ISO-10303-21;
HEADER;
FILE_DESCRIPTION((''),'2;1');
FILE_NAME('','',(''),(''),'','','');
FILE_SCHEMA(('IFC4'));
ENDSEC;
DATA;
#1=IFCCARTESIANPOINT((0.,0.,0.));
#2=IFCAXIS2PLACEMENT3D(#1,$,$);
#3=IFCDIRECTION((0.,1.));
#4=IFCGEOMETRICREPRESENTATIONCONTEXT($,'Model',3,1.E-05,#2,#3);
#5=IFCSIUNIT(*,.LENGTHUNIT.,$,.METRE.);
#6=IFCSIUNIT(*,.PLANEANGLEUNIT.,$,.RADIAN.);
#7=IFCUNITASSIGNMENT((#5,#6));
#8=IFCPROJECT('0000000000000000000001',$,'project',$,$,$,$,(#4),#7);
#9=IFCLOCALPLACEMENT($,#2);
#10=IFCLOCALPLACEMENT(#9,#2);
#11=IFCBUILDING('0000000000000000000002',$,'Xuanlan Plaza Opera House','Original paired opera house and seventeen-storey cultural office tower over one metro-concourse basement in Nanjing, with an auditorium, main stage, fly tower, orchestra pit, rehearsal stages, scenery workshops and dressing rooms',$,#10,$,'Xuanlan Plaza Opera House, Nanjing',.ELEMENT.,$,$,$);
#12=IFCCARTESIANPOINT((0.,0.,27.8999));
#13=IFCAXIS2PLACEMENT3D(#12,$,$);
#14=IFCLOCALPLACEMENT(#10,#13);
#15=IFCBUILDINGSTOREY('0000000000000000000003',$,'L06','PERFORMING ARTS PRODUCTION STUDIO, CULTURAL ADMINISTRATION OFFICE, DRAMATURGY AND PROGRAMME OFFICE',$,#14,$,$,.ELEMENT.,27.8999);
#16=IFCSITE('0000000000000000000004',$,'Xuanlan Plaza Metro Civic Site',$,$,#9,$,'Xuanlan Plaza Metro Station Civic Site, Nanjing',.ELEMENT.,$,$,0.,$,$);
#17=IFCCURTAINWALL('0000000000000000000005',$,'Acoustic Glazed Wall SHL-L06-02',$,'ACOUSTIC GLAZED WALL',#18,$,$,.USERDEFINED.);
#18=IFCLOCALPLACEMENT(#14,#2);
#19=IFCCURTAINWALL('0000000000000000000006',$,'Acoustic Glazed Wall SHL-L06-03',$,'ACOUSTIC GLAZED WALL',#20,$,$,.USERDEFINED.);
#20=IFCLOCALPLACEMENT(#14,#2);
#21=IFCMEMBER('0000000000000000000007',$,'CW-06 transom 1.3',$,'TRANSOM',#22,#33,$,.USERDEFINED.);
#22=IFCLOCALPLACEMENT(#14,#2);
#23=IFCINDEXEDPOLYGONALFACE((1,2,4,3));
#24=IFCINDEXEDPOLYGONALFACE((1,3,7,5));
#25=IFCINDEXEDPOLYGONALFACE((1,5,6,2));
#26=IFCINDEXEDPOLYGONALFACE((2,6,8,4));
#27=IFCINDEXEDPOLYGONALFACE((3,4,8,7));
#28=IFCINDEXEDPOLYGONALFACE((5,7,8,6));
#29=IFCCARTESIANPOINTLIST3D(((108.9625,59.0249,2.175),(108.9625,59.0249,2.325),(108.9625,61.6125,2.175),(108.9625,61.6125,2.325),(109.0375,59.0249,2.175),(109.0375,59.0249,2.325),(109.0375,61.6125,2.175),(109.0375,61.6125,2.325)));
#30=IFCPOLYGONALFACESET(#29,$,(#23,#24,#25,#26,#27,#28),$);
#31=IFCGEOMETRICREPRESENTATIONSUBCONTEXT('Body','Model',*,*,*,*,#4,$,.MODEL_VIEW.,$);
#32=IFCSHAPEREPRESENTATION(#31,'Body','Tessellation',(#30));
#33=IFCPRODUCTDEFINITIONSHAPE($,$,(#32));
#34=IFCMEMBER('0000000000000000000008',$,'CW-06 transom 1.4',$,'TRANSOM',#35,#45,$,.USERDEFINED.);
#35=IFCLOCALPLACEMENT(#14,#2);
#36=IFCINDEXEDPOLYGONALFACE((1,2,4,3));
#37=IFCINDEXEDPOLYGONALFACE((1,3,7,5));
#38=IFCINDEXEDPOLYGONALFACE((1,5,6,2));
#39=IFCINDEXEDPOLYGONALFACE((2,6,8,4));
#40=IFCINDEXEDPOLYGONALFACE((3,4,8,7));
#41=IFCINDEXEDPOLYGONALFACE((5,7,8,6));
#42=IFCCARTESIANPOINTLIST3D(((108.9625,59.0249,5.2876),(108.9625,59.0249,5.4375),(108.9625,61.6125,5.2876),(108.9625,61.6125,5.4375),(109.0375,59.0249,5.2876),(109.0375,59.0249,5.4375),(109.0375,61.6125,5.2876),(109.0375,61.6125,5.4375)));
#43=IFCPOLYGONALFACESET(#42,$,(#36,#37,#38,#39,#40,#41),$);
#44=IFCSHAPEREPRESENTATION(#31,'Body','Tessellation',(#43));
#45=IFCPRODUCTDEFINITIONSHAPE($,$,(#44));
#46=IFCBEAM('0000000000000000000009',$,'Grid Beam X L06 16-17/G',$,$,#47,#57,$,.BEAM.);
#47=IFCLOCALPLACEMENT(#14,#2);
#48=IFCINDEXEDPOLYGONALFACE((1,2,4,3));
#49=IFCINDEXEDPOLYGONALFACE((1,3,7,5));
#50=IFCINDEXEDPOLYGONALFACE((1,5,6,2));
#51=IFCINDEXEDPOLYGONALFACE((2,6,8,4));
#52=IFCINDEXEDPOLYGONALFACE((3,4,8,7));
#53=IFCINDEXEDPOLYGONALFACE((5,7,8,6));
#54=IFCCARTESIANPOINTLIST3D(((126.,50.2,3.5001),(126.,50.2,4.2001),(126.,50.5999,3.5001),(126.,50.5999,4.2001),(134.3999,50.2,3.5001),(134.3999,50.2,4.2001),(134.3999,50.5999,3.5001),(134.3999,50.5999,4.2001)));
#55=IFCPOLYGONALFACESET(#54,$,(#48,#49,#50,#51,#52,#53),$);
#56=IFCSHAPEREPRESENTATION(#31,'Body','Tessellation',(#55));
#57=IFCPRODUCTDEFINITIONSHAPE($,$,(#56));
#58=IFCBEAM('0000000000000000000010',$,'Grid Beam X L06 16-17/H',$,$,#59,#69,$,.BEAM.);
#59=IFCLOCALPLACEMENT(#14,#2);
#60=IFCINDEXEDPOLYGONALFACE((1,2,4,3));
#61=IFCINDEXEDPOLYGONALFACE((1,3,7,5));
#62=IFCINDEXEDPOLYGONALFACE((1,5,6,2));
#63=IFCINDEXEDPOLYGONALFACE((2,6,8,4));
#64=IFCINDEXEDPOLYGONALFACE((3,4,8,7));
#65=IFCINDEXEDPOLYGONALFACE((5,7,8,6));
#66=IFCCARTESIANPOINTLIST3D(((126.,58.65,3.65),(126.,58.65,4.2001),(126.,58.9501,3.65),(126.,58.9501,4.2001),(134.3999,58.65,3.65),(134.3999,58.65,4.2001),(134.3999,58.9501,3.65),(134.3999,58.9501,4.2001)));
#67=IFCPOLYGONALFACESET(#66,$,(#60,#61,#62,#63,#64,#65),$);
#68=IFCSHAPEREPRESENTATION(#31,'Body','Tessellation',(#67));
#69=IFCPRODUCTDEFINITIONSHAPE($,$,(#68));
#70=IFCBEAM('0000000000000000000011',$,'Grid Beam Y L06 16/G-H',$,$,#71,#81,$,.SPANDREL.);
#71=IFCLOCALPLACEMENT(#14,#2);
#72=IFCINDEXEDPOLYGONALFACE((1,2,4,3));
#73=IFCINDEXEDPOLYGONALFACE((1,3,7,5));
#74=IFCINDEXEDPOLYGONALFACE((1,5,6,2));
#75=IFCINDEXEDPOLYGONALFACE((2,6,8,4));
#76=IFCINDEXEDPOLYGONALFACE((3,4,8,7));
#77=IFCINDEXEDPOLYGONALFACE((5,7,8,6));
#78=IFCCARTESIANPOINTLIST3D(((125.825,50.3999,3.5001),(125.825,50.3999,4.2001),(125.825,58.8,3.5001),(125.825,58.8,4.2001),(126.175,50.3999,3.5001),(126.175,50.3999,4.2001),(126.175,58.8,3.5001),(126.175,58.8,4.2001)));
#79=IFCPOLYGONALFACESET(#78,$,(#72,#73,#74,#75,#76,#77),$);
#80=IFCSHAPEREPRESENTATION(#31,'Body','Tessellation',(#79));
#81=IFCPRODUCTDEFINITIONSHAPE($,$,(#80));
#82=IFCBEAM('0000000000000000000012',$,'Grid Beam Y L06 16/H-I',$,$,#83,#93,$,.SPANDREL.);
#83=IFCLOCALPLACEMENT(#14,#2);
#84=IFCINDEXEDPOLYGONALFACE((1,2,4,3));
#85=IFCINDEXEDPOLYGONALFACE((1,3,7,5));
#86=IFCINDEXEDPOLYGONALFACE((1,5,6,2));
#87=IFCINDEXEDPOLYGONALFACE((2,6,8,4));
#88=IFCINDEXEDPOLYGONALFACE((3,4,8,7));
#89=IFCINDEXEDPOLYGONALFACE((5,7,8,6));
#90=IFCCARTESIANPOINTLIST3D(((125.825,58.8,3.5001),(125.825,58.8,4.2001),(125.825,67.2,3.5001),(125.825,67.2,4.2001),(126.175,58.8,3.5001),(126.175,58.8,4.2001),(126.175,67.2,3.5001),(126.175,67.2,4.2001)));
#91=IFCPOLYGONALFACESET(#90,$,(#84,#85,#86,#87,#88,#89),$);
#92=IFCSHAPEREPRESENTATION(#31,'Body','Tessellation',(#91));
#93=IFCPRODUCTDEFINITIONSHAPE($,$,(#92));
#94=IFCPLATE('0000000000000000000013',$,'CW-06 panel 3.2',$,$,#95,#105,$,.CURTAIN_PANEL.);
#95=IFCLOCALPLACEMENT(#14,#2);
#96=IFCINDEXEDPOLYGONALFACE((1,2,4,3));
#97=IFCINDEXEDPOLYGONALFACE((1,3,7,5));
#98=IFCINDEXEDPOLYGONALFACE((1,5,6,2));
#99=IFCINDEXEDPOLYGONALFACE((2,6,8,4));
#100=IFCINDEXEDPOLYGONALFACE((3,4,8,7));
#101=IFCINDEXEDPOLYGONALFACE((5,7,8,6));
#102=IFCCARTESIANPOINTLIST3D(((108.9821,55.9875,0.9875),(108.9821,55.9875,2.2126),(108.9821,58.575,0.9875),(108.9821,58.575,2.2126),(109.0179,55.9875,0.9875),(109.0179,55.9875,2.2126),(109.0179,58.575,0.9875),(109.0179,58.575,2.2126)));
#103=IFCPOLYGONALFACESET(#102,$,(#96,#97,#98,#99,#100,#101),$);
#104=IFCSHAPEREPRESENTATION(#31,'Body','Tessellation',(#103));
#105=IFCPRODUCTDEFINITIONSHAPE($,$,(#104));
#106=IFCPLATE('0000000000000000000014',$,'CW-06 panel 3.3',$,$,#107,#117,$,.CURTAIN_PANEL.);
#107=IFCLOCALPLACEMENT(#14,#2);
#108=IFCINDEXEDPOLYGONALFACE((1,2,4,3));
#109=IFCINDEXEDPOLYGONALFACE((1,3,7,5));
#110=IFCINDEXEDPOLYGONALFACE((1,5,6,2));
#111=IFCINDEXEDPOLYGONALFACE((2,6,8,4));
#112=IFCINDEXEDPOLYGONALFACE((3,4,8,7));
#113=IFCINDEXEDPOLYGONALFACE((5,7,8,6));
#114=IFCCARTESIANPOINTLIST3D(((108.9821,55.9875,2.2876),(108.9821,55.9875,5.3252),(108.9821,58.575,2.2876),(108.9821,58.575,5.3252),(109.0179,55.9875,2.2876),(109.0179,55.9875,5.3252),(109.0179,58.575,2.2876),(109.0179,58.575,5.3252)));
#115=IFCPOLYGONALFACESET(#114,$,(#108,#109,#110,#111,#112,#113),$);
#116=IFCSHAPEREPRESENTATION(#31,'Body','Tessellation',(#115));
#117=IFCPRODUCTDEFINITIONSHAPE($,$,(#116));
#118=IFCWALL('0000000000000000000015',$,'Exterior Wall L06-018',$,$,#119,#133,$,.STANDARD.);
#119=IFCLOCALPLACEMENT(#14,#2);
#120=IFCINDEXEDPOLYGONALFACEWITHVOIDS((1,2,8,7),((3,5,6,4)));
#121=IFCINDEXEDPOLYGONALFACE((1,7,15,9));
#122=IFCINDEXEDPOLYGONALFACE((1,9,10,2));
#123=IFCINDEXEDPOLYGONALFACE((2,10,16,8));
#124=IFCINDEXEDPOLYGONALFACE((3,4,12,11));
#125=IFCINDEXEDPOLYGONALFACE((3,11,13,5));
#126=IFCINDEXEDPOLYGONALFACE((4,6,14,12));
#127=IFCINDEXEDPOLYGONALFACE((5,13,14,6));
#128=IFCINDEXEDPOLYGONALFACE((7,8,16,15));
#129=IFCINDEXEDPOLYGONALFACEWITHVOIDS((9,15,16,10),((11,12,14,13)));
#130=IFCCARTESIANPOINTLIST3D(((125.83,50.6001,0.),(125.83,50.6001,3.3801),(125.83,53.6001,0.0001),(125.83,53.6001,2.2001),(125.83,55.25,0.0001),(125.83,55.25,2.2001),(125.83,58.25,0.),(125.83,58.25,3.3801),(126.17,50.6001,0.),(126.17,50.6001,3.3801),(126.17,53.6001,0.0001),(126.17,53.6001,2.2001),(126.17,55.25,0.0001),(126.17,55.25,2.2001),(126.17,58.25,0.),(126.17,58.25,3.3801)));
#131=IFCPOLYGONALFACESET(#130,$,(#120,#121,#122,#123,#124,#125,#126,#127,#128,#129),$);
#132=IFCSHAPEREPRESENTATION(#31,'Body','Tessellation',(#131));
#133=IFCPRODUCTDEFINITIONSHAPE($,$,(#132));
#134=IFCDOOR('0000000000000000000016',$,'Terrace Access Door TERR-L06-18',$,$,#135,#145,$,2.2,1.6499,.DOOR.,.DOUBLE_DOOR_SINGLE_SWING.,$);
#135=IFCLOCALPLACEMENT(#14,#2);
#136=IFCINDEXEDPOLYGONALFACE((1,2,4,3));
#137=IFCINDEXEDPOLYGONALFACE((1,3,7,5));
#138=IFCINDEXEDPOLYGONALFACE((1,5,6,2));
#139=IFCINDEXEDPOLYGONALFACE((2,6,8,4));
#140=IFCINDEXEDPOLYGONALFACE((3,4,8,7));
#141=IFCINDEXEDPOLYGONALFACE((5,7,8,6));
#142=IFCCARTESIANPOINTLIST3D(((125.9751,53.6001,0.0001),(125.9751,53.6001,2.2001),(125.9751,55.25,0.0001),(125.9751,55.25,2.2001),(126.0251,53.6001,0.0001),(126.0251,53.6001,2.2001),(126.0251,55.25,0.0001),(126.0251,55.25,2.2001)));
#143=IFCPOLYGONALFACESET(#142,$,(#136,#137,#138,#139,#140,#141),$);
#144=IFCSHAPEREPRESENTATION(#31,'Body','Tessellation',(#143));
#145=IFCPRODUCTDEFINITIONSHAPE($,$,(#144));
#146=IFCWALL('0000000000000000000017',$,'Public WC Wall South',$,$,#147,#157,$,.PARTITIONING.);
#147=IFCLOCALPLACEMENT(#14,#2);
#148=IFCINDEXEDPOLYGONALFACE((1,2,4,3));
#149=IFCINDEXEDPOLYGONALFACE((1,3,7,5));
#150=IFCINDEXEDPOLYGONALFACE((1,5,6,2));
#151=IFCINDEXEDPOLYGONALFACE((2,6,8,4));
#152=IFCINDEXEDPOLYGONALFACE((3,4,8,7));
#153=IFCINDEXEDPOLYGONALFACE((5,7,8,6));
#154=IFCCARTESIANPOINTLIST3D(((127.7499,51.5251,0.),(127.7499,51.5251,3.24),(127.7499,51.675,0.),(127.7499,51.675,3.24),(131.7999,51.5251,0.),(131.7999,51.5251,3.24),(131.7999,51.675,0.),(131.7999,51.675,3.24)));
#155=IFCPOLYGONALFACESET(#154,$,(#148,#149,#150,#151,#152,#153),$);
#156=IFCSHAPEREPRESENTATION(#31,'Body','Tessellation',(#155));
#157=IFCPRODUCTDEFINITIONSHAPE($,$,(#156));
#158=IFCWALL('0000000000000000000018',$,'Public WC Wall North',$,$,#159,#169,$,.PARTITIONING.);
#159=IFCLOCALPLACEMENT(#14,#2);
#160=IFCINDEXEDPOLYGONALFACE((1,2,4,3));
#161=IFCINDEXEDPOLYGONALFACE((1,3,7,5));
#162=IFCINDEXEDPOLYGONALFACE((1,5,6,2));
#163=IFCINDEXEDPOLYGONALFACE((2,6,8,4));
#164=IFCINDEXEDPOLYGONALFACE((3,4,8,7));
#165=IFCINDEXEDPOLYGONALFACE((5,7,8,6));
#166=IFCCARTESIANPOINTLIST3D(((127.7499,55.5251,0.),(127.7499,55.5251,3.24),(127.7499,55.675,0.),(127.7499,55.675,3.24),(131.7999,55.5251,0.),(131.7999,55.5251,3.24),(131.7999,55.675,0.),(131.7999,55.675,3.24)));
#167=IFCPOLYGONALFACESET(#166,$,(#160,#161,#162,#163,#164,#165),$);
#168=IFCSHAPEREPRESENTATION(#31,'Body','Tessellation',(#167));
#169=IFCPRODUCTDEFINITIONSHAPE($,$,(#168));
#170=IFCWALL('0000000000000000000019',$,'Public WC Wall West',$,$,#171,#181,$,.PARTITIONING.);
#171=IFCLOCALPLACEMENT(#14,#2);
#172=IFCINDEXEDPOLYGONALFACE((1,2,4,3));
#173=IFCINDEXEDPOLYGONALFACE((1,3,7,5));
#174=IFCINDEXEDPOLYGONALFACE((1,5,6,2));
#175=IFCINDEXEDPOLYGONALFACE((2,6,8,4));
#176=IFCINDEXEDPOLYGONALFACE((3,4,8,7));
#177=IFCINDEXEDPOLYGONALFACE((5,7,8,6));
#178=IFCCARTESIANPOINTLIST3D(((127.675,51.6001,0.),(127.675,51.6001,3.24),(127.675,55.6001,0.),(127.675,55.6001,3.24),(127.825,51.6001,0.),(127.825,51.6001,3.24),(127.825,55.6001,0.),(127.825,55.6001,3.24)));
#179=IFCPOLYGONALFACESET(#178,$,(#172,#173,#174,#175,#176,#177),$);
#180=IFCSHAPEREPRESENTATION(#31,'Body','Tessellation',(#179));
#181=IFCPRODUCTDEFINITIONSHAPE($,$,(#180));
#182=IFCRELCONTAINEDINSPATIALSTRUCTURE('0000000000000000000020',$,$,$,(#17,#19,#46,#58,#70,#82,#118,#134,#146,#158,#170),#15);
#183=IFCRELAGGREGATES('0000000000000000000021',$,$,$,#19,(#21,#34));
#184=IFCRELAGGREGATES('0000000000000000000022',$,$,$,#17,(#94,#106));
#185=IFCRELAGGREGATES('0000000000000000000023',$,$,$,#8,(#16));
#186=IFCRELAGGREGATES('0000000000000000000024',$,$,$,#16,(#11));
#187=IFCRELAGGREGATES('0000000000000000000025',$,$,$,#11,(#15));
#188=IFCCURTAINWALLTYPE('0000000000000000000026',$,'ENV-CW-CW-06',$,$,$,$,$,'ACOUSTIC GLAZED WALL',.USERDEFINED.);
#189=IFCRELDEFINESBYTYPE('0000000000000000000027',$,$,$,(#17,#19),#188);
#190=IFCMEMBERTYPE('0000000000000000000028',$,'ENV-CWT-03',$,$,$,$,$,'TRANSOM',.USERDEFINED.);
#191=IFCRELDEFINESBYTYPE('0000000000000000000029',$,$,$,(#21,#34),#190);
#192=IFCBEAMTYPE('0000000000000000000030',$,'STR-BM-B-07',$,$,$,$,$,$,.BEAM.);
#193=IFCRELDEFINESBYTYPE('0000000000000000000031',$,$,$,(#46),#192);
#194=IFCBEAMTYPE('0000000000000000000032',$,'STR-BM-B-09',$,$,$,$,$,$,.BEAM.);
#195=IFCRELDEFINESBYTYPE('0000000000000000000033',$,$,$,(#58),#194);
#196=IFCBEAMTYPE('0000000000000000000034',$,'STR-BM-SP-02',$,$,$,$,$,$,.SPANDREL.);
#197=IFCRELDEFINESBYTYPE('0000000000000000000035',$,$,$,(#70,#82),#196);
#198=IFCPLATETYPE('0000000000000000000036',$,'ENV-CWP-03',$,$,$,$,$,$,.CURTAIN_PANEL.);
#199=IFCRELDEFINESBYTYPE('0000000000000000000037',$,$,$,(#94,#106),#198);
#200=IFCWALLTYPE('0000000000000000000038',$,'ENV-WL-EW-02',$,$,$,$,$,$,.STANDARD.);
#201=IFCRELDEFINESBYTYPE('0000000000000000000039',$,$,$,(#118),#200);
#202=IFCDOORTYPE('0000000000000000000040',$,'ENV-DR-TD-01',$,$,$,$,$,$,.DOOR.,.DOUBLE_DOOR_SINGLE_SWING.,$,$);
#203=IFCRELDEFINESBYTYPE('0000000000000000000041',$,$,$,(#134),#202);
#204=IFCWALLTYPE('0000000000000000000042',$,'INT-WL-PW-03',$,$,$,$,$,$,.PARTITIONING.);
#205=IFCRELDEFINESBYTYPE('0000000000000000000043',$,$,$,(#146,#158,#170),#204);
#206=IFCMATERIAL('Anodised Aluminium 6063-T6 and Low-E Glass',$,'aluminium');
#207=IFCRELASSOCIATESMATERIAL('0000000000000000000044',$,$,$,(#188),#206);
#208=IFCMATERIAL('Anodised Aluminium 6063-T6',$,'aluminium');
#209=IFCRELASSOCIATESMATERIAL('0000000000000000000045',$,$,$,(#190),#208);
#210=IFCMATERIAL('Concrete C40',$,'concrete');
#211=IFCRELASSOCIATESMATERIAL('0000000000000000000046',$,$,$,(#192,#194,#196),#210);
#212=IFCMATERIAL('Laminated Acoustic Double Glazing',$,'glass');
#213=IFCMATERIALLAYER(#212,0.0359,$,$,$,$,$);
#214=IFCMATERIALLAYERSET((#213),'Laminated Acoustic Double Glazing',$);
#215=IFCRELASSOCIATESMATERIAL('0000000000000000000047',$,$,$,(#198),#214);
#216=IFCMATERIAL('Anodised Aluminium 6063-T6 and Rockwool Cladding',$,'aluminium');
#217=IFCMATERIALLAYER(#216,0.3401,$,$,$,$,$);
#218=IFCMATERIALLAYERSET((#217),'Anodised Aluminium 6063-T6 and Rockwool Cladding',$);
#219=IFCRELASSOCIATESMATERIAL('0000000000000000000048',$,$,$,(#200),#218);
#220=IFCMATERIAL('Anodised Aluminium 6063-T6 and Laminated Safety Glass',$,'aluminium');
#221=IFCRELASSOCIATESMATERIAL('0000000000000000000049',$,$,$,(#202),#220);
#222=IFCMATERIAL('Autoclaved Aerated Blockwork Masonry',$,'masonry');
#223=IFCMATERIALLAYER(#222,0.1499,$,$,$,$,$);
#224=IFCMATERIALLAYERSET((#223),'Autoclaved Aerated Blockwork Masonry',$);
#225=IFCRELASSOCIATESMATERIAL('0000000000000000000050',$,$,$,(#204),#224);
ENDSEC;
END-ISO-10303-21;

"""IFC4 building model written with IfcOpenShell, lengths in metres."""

from ifc_helpers import new_model, si_unit, direction, frame, frame_2d, origin, origin_2d, place, context, subcontext, project, spatial, rectangle, extrude, material, layer, layer_set, material_profile, profile_set, type_object, element, fill, aggregate, save


model = new_model("IFC4")

# Units and contexts
model_context = context("Model", 3, precision=1e-05, world=origin(), true_north=direction((0.0, 1.0)))
body_context = subcontext(model_context, "Body", "Model", "MODEL_VIEW")
ifc_project = project(units=[si_unit("LENGTHUNIT", "METRE"), si_unit("PLANEANGLEUNIT", "RADIAN")], contexts=[model_context])

# Site, building, storey
site_placement = place(None, origin())
site = spatial("IfcSite", under=ifc_project, at=site_placement, Name="Xuanlan Plaza Metro Civic Site", LongName="Xuanlan Plaza Metro Station Civic Site, Nanjing", CompositionType="ELEMENT", RefElevation=0.0)
building_placement = place(site_placement, origin())
building = spatial("IfcBuilding", under=site, at=building_placement, Name="Xuanlan Plaza Opera House", Description="Original paired opera house and seventeen-storey cultural office tower over one metro-concourse basement in Nanjing, with an auditorium, main stage, fly tower, orchestra pit, rehearsal stages, scenery workshops and dressing rooms", LongName="Xuanlan Plaza Opera House, Nanjing", CompositionType="ELEMENT")
storey_placement = place(building_placement, frame((0.0, 0.0, 27.8999)))
storey = spatial("IfcBuildingStorey", under=building, at=storey_placement, Name="L06", Description="PERFORMING ARTS PRODUCTION STUDIO, CULTURAL ADMINISTRATION OFFICE, DRAMATURGY AND PROGRAMME OFFICE", CompositionType="ELEMENT", Elevation=27.8999)

# Curtain walls
ifc_material_1 = material(Name="Anodised Aluminium 6063-T6 and Low-E Glass", Category="aluminium")
ifc_material_2 = material(Name="Anodised Aluminium 6063-T6", Category="aluminium")
curtain_wall_type_1 = type_object("IfcCurtainWallType", Name="ENV-CW-CW-06", ElementType="ACOUSTIC GLAZED WALL", PredefinedType="USERDEFINED", material=ifc_material_1)
curtain_wall_1_placement = place(storey_placement, origin())
curtain_wall_1 = element("IfcCurtainWall", 1, at=curtain_wall_1_placement, inside=storey, type_object=curtain_wall_type_1, Name="Acoustic Glazed Wall SHL-L06-02", ObjectType="ACOUSTIC GLAZED WALL", PredefinedType="USERDEFINED")
curtain_wall_2_placement = place(storey_placement, origin())
curtain_wall_2 = element("IfcCurtainWall", 2, at=curtain_wall_2_placement, inside=storey, type_object=curtain_wall_type_1, Name="Acoustic Glazed Wall SHL-L06-03", ObjectType="ACOUSTIC GLAZED WALL", PredefinedType="USERDEFINED")

# Members
ifc_material_profile_1 = material_profile(ifc_material_2, rectangle(XDim=0.075, YDim=0.1499, at=origin_2d()), Name="ALU-T 75x150")
ifc_profile_set_1 = profile_set([ifc_material_profile_1], Name="Anodised Aluminium 6063-T6")
member_type_1 = type_object("IfcMemberType", Name="ENV-CWT-03", ElementType="TRANSOM", PredefinedType="USERDEFINED", material=ifc_profile_set_1)
member_1_placement = place(storey_placement, frame((109.0, 59.0249, 2.25), z_axis=(0.0, 1.0, 0.0), x_axis=(-1.0, 0.0, 0.0)))
member_1 = element("IfcMember", 3, at=member_1_placement, type_object=member_type_1, Name="CW-06 transom 1.3", ObjectType="TRANSOM", PredefinedType="USERDEFINED", context=body_context, shape_type="SweptSolid", body=[
    extrude(rectangle(XDim=0.075, YDim=0.1499, at=origin_2d()), origin(), (0.0, 0.0, 1.0), 2.5876),
])
member_2_placement = place(storey_placement, frame((109.0, 59.0249, 5.3625), z_axis=(0.0, 1.0, 0.0), x_axis=(-1.0, 0.0, 0.0)))
member_2 = element("IfcMember", 4, at=member_2_placement, type_object=member_type_1, Name="CW-06 transom 1.4", ObjectType="TRANSOM", PredefinedType="USERDEFINED", context=body_context, shape_type="SweptSolid", body=[
    extrude(rectangle(XDim=0.075, YDim=0.1499, at=origin_2d()), origin(), (0.0, 0.0, 1.0), 2.5876),
])
aggregate(curtain_wall_2, [member_1, member_2])

# Beams
ifc_material_3 = material(Name="Concrete C40", Category="concrete")
ifc_material_profile_2 = material_profile(ifc_material_3, rectangle(XDim=0.3999, YDim=0.7, at=origin_2d()), Name="RC-BM 400x700")
ifc_profile_set_2 = profile_set([ifc_material_profile_2], Name="Concrete C40")
beam_type_1 = type_object("IfcBeamType", Name="STR-BM-B-07", PredefinedType="BEAM", material=ifc_profile_set_2)
beam_1_placement = place(storey_placement, frame((126.0, 50.3999, 3.8501), z_axis=(1.0, 0.0, 0.0), x_axis=(0.0, 1.0, 0.0)))
element("IfcBeam", 5, at=beam_1_placement, inside=storey, type_object=beam_type_1, Name="Grid Beam X L06 16-17/G", PredefinedType="BEAM", context=body_context, shape_type="SweptSolid", body=[
    extrude(rectangle(XDim=0.3999, YDim=0.7, at=origin_2d()), origin(), (0.0, 0.0, 1.0), 8.3999),
])
ifc_material_profile_3 = material_profile(ifc_material_3, rectangle(XDim=0.3, YDim=0.55, at=origin_2d()), Name="RC-BM 300x550")
ifc_profile_set_3 = profile_set([ifc_material_profile_3], Name="Concrete C40")
beam_type_2 = type_object("IfcBeamType", Name="STR-BM-B-09", PredefinedType="BEAM", material=ifc_profile_set_3)
beam_2_placement = place(storey_placement, frame((126.0, 58.8, 3.925), z_axis=(1.0, 0.0, 0.0), x_axis=(0.0, 1.0, 0.0)))
element("IfcBeam", 6, at=beam_2_placement, inside=storey, type_object=beam_type_2, Name="Grid Beam X L06 16-17/H", PredefinedType="BEAM", context=body_context, shape_type="SweptSolid", body=[
    extrude(rectangle(XDim=0.3, YDim=0.55, at=origin_2d()), origin(), (0.0, 0.0, 1.0), 8.3999),
])
ifc_material_profile_4 = material_profile(ifc_material_3, rectangle(XDim=0.3501, YDim=0.7, at=origin_2d()), Name="RC-SPD 350x700")
ifc_profile_set_4 = profile_set([ifc_material_profile_4], Name="Concrete C40")
beam_type_3 = type_object("IfcBeamType", Name="STR-BM-SP-02", PredefinedType="SPANDREL", material=ifc_profile_set_4)
beam_3_placement = place(storey_placement, frame((126.0, 50.3999, 3.8501), z_axis=(0.0, 1.0, 0.0), x_axis=(-1.0, 0.0, 0.0)))
element("IfcBeam", 7, at=beam_3_placement, inside=storey, type_object=beam_type_3, Name="Grid Beam Y L06 16/G-H", PredefinedType="SPANDREL", context=body_context, shape_type="SweptSolid", body=[
    extrude(rectangle(XDim=0.3501, YDim=0.7, at=origin_2d()), origin(), (0.0, 0.0, 1.0), 8.4001),
])
beam_4_placement = place(storey_placement, frame((126.0, 58.8, 3.8501), z_axis=(0.0, 1.0, 0.0), x_axis=(-1.0, 0.0, 0.0)))
element("IfcBeam", 8, at=beam_4_placement, inside=storey, type_object=beam_type_3, Name="Grid Beam Y L06 16/H-I", PredefinedType="SPANDREL", context=body_context, shape_type="SweptSolid", body=[
    extrude(rectangle(XDim=0.3501, YDim=0.7, at=origin_2d()), origin(), (0.0, 0.0, 1.0), 8.3999),
])

# Plates
ifc_material_4 = material(Name="Laminated Acoustic Double Glazing", Category="glass")
ifc_layer_1 = layer(ifc_material_4, 0.0359)
ifc_layer_set_1 = layer_set([ifc_layer_1], Name="Laminated Acoustic Double Glazing")
plate_type = type_object("IfcPlateType", Name="ENV-CWP-03", PredefinedType="CURTAIN_PANEL", material=ifc_layer_set_1)
plate_1_placement = place(storey_placement, frame((109.0, 57.2812, 0.9875), z_axis=(0.0, 0.0, 1.0), x_axis=(0.0, 1.0, 0.0)))
plate_1 = element("IfcPlate", 9, at=plate_1_placement, type_object=plate_type, Name="CW-06 panel 3.2", PredefinedType="CURTAIN_PANEL", context=body_context, shape_type="SweptSolid", body=[
    extrude(rectangle(XDim=2.5874, YDim=0.0359, at=origin_2d()), origin(), (0.0, 0.0, 1.0), 1.2251),
])
plate_2_placement = place(storey_placement, frame((109.0, 57.2812, 2.2876), z_axis=(0.0, 0.0, 1.0), x_axis=(0.0, 1.0, 0.0)))
plate_2 = element("IfcPlate", 10, at=plate_2_placement, type_object=plate_type, Name="CW-06 panel 3.3", PredefinedType="CURTAIN_PANEL", context=body_context, shape_type="SweptSolid", body=[
    extrude(rectangle(XDim=2.5874, YDim=0.0359, at=origin_2d()), origin(), (0.0, 0.0, 1.0), 3.0376),
])
aggregate(curtain_wall_1, [plate_1, plate_2])

# Wall, opening, door
ifc_material_5 = material(Name="Anodised Aluminium 6063-T6 and Rockwool Cladding", Category="aluminium")
ifc_layer_2 = layer(ifc_material_5, 0.3401)
ifc_layer_set_2 = layer_set([ifc_layer_2], Name="Anodised Aluminium 6063-T6 and Rockwool Cladding")
wall_type_1 = type_object("IfcWallType", Name="ENV-WL-EW-02", PredefinedType="STANDARD", material=ifc_layer_set_2)
wall_1_placement = place(storey_placement, frame((126.0, 58.25, 0.0), z_axis=(0.0, 0.0, 1.0), x_axis=(0.0, -1.0, 0.0)))
wall_1 = element("IfcWall", 11, at=wall_1_placement, inside=storey, type_object=wall_type_1, Name="Exterior Wall L06-018", PredefinedType="STANDARD", context=body_context, shape_type="SweptSolid", body=[
    extrude(rectangle(XDim=7.6499, YDim=0.3401, at=frame_2d((3.825, 0.0))), origin(), (0.0, 0.0, 1.0), 3.3801),
])
opening_placement = place(wall_1_placement, frame((3.0, 0.0, 0.0)))
opening = element("IfcOpeningElement", 12, at=opening_placement, cuts=wall_1, PredefinedType="OPENING", context=body_context, shape_type="SweptSolid", body=[
    extrude(rectangle(XDim=1.6499, YDim=2.2, at=frame_2d((0.825, 1.1001))), frame((0.0, 0.1799, 0.0), z_axis=(0.0, -1.0, 0.0), x_axis=(1.0, 0.0, 0.0)), (0.0, 0.0, 1.0), 0.3601),
])
ifc_material_6 = material(Name="Anodised Aluminium 6063-T6 and Laminated Safety Glass", Category="aluminium")
door_type = type_object("IfcDoorType", Name="ENV-DR-TD-01", OperationType="DOUBLE_DOOR_SINGLE_SWING", PredefinedType="DOOR", material=ifc_material_6)
door_placement = place(opening_placement, frame((1.6499, 0.0, 0.0), z_axis=(0.0, 0.0, 1.0), x_axis=(-1.0, 0.0, 0.0)))
door = element("IfcDoor", 13, at=door_placement, inside=storey, type_object=door_type, Name="Terrace Access Door TERR-L06-18", OperationType="DOUBLE_DOOR_SINGLE_SWING", OverallHeight=2.2, OverallWidth=1.6499, PredefinedType="DOOR", context=body_context, shape_type="SweptSolid", body=[
    extrude(rectangle(XDim=1.6499, YDim=2.2, at=frame_2d((0.825, 1.1001))), frame((0.0, 0.0249, 0.0), z_axis=(0.0, -1.0, 0.0), x_axis=(1.0, 0.0, 0.0)), (0.0, 0.0, 1.0), 0.05),
])
fill(opening, door)

# Walls
ifc_material_7 = material(Name="Autoclaved Aerated Blockwork Masonry", Category="masonry")
ifc_layer_3 = layer(ifc_material_7, 0.1499)
ifc_layer_set_3 = layer_set([ifc_layer_3], Name="Autoclaved Aerated Blockwork Masonry")
wall_type_2 = type_object("IfcWallType", Name="INT-WL-PW-03", PredefinedType="PARTITIONING", material=ifc_layer_set_3)
for number, where, z_axis, x_axis, name in (
    (14, (127.75, 51.6001, 0.0), (0.0, 0.0, 1.0), (1.0, 0.0, 0.0), "Public WC Wall South"),
    (15, (127.75, 55.6001, 0.0), (0.0, 0.0, 1.0), (1.0, 0.0, 0.0), "Public WC Wall North"),
):
    element("IfcWall", number, at=place(storey_placement, frame(where, z_axis=z_axis, x_axis=x_axis)), inside=storey, type_object=wall_type_2, Name=name, PredefinedType="PARTITIONING", context=body_context, shape_type="SweptSolid", body=[
        extrude(rectangle(XDim=4.05, YDim=0.1499, at=frame_2d((2.0249, 0.0))), origin(), (0.0, 0.0, 1.0), 3.24),
    ])
wall_2_placement = place(storey_placement, frame((127.75, 51.6001, 0.0), z_axis=(0.0, 0.0, 1.0), x_axis=(0.0, 1.0, 0.0)))
element("IfcWall", 16, at=wall_2_placement, inside=storey, type_object=wall_type_2, Name="Public WC Wall West", PredefinedType="PARTITIONING", context=body_context, shape_type="SweptSolid", body=[
    extrude(rectangle(XDim=4.0, YDim=0.1499, at=frame_2d((2.0, 0.0))), origin(), (0.0, 0.0, 1.0), 3.24),
])

save(model, "model.ifc")
